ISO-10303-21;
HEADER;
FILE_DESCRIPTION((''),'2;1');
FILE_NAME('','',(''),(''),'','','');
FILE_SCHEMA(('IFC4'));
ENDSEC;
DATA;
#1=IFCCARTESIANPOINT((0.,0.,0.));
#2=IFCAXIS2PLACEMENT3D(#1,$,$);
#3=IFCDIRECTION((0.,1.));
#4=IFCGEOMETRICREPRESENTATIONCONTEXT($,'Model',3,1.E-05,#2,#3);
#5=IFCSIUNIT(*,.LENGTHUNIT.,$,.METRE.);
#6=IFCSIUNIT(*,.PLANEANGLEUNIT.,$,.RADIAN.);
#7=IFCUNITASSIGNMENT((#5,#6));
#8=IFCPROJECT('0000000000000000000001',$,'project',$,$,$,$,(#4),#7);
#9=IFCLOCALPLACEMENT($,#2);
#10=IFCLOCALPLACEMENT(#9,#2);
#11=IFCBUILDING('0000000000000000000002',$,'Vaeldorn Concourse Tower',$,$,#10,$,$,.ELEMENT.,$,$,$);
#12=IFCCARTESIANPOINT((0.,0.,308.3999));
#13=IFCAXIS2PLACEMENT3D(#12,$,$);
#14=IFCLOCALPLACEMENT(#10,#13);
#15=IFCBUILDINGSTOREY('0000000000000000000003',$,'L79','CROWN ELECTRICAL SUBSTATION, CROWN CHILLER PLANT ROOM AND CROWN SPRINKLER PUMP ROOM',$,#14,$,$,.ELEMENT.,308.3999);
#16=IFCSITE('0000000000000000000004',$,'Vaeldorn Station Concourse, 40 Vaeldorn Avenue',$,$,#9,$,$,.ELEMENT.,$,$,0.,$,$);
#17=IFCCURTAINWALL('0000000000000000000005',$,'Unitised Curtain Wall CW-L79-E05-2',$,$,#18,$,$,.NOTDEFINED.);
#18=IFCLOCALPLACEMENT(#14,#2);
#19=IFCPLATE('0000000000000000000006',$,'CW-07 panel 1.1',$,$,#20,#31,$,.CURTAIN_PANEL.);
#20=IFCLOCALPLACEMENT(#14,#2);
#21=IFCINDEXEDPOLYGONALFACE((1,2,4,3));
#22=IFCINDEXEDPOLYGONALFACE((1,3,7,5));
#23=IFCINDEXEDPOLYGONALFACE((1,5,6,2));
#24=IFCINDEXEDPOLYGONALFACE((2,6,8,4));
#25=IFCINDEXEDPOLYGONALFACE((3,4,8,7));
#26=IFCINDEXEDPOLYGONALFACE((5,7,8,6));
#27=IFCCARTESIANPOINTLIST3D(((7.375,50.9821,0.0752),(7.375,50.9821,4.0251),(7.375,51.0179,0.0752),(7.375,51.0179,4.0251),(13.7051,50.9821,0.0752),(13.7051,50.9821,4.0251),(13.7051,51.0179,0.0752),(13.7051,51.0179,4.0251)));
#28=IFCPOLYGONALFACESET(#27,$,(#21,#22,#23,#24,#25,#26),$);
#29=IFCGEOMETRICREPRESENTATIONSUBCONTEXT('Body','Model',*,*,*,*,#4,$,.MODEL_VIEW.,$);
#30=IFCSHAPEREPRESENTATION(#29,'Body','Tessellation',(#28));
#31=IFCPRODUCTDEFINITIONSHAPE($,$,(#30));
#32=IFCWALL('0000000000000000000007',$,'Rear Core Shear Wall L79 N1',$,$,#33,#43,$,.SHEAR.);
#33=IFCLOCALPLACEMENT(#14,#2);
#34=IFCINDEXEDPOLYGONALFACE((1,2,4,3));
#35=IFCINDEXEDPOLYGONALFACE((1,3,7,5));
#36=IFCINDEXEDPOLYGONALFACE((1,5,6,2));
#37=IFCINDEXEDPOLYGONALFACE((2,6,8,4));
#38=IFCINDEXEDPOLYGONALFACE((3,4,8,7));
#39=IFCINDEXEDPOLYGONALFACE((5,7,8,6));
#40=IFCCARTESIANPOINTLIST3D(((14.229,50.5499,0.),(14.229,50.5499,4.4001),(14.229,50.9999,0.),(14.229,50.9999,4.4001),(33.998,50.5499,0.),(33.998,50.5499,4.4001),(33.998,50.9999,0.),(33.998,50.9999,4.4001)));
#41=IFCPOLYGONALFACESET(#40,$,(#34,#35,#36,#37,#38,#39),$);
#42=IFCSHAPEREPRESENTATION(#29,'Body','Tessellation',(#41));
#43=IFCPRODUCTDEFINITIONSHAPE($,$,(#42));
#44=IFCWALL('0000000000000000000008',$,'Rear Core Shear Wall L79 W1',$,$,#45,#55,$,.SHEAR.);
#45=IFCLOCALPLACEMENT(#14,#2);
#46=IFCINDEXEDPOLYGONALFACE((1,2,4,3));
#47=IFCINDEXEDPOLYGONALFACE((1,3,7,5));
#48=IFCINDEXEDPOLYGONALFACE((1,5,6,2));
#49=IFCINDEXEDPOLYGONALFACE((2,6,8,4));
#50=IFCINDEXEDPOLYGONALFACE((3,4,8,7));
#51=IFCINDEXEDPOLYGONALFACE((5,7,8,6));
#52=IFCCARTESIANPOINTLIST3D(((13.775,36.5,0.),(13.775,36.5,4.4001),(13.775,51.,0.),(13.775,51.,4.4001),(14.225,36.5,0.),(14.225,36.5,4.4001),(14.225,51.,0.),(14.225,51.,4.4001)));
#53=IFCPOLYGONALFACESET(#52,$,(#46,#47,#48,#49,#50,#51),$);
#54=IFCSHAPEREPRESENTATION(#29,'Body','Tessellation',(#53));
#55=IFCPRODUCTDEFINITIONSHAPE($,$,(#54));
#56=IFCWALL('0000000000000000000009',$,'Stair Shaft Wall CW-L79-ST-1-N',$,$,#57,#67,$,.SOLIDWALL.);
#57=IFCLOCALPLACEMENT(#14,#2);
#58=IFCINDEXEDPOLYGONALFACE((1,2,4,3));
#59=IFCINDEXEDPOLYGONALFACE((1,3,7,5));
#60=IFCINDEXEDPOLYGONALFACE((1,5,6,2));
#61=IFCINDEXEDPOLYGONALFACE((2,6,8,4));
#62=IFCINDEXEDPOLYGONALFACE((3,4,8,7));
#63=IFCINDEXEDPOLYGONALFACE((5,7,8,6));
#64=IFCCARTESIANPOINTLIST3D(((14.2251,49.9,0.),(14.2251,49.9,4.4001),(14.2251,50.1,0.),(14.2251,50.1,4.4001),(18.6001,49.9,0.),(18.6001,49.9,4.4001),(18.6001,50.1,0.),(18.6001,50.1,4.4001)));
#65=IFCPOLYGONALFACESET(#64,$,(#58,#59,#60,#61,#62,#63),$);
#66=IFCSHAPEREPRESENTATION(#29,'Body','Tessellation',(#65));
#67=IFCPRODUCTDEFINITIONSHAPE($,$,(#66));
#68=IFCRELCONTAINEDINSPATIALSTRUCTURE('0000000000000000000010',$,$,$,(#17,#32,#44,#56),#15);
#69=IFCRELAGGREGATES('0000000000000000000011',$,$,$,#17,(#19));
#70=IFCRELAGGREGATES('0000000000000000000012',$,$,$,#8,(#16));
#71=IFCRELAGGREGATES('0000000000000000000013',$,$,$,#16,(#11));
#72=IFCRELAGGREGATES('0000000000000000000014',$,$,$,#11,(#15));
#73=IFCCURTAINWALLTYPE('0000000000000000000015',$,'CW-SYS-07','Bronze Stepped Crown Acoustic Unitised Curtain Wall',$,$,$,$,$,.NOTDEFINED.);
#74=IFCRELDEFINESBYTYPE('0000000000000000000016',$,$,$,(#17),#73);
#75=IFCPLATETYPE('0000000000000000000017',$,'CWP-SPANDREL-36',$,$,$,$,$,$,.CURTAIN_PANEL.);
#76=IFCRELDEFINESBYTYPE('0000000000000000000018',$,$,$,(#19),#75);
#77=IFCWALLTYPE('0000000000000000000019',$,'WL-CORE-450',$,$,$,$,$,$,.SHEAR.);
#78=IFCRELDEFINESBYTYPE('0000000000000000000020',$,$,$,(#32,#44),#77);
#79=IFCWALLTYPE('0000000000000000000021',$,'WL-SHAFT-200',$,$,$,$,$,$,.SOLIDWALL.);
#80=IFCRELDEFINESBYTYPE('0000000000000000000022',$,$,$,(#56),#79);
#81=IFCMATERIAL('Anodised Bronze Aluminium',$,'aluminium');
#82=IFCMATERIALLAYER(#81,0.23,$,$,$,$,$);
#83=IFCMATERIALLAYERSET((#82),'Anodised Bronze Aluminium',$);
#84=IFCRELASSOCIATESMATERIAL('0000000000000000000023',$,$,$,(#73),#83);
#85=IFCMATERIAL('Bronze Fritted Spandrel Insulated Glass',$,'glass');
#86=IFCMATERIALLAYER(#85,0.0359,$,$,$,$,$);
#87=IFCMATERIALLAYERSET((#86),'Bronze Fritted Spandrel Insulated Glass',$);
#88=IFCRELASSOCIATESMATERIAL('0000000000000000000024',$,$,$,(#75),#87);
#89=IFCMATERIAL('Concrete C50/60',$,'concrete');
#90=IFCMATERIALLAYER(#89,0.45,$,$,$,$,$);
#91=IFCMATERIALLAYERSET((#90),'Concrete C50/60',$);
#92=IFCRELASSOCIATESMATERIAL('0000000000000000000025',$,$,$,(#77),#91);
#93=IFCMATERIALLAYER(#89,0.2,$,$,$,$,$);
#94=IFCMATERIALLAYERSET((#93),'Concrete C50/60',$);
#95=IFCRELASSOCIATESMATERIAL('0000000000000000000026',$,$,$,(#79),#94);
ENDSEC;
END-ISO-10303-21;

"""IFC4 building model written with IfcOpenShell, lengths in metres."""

from ifc_helpers import new_model, si_unit, direction, frame, frame_2d, origin, origin_2d, place, context, subcontext, project, spatial, rectangle, extrude, source, transform, mapped, material, layer, layer_set, type_object, element, aggregate, save


model = new_model("IFC4")

# Units and contexts
model_context = context("Model", 3, precision=1e-05, world=origin(), true_north=direction((0.0, 1.0)))
body_context = subcontext(model_context, "Body", "Model", "MODEL_VIEW")
ifc_project = project(units=[si_unit("LENGTHUNIT", "METRE"), si_unit("PLANEANGLEUNIT", "RADIAN")], contexts=[model_context])

# Site, building, storey
site_placement = place(None, origin())
site = spatial("IfcSite", under=ifc_project, at=site_placement, Name="Vaeldorn Station Concourse, 40 Vaeldorn Avenue", CompositionType="ELEMENT", RefElevation=0.0)
building_placement = place(site_placement, origin())
building = spatial("IfcBuilding", under=site, at=building_placement, Name="Vaeldorn Concourse Tower", CompositionType="ELEMENT")
storey_placement = place(building_placement, frame((0.0, 0.0, 308.3999)))
storey = spatial("IfcBuildingStorey", under=building, at=storey_placement, Name="L79", Description="CROWN ELECTRICAL SUBSTATION, CROWN CHILLER PLANT ROOM AND CROWN SPRINKLER PUMP ROOM", CompositionType="ELEMENT", Elevation=308.3999)

# Shared definitions
ifc_material_1 = material(Name="Concrete C50/60", Category="concrete")

# Curtain wall
ifc_material_2 = material(Name="Anodised Bronze Aluminium", Category="aluminium")
ifc_layer_1 = layer(ifc_material_2, 0.23)
ifc_layer_set_1 = layer_set([ifc_layer_1], Name="Anodised Bronze Aluminium")
curtain_wall_type = type_object("IfcCurtainWallType", Name="CW-SYS-07", Description="Bronze Stepped Crown Acoustic Unitised Curtain Wall", PredefinedType="NOTDEFINED", material=ifc_layer_set_1)
curtain_wall_1_placement = place(storey_placement, origin())
curtain_wall_1 = element("IfcCurtainWall", 1, at=curtain_wall_1_placement, inside=storey, type_object=curtain_wall_type, Name="Unitised Curtain Wall CW-L79-E05-2", PredefinedType="NOTDEFINED")

# Plate
ifc_material_3 = material(Name="Bronze Fritted Spandrel Insulated Glass", Category="glass")
ifc_layer_2 = layer(ifc_material_3, 0.0359)
ifc_layer_set_2 = layer_set([ifc_layer_2], Name="Bronze Fritted Spandrel Insulated Glass")
plate_type = type_object("IfcPlateType", Name="CWP-SPANDREL-36", PredefinedType="CURTAIN_PANEL", material=ifc_layer_set_2)
shared_shape_1 = source(origin(), body_context, "Body", "SweptSolid", [
    extrude(rectangle(XDim=6.3301, YDim=0.0359, at=origin_2d()), origin(), (0.0, 0.0, 1.0), 3.95),
])
plate_1_placement = place(storey_placement, frame((10.54, 51.0, 0.0752), z_axis=(0.0, 0.0, 1.0), x_axis=(-1.0, 0.0, 0.0)))
plate_1 = element("IfcPlate", 2, at=plate_1_placement, type_object=plate_type, Name="CW-07 panel 1.1", PredefinedType="CURTAIN_PANEL", context=body_context, shape_type="MappedRepresentation", body=[
    mapped(shared_shape_1, transform((0.0, 0.0, 0.0), scale=1.0)),
])
aggregate(curtain_wall_1, [plate_1])

# Walls
ifc_layer_3 = layer(ifc_material_1, 0.45)
ifc_layer_set_3 = layer_set([ifc_layer_3], Name="Concrete C50/60")
wall_type_1 = type_object("IfcWallType", Name="WL-CORE-450", PredefinedType="SHEAR", material=ifc_layer_set_3)
wall_1_placement = place(storey_placement, frame((14.229, 50.7749, 0.0), z_axis=(0.0, 0.0, 1.0), x_axis=(1.0, 0.0, 0.0)))
element("IfcWall", 3, at=wall_1_placement, inside=storey, type_object=wall_type_1, Name="Rear Core Shear Wall L79 N1", PredefinedType="SHEAR", context=body_context, shape_type="SweptSolid", body=[
    extrude(rectangle(XDim=19.769, YDim=0.45, at=frame_2d((9.8845, 0.0))), origin(), (0.0, 0.0, 1.0), 4.4001),
])
wall_2_placement = place(storey_placement, frame((14.0, 36.5, 0.0), z_axis=(0.0, 0.0, 1.0), x_axis=(0.0, 1.0, 0.0)))
element("IfcWall", 4, at=wall_2_placement, inside=storey, type_object=wall_type_1, Name="Rear Core Shear Wall L79 W1", PredefinedType="SHEAR", context=body_context, shape_type="SweptSolid", body=[
    extrude(rectangle(XDim=14.5, YDim=0.45, at=frame_2d((7.25, 0.0))), origin(), (0.0, 0.0, 1.0), 4.4001),
])

# Shared definitions
ifc_layer_4 = layer(ifc_material_1, 0.2)
ifc_layer_set_4 = layer_set([ifc_layer_4], Name="Concrete C50/60")
wall_type_2 = type_object("IfcWallType", Name="WL-SHAFT-200", PredefinedType="SOLIDWALL", material=ifc_layer_set_4)

# Wall
wall_3_placement = place(storey_placement, frame((14.2251, 50.0, 0.0), z_axis=(0.0, 0.0, 1.0), x_axis=(1.0, 0.0, 0.0)))
element("IfcWall", 5, at=wall_3_placement, inside=storey, type_object=wall_type_2, Name="Stair Shaft Wall CW-L79-ST-1-N", PredefinedType="SOLIDWALL", context=body_context, shape_type="SweptSolid", body=[
    extrude(rectangle(XDim=4.375, YDim=0.2, at=frame_2d((2.1875, 0.0))), origin(), (0.0, 0.0, 1.0), 4.4001),
])

save(model, "model.ifc")
